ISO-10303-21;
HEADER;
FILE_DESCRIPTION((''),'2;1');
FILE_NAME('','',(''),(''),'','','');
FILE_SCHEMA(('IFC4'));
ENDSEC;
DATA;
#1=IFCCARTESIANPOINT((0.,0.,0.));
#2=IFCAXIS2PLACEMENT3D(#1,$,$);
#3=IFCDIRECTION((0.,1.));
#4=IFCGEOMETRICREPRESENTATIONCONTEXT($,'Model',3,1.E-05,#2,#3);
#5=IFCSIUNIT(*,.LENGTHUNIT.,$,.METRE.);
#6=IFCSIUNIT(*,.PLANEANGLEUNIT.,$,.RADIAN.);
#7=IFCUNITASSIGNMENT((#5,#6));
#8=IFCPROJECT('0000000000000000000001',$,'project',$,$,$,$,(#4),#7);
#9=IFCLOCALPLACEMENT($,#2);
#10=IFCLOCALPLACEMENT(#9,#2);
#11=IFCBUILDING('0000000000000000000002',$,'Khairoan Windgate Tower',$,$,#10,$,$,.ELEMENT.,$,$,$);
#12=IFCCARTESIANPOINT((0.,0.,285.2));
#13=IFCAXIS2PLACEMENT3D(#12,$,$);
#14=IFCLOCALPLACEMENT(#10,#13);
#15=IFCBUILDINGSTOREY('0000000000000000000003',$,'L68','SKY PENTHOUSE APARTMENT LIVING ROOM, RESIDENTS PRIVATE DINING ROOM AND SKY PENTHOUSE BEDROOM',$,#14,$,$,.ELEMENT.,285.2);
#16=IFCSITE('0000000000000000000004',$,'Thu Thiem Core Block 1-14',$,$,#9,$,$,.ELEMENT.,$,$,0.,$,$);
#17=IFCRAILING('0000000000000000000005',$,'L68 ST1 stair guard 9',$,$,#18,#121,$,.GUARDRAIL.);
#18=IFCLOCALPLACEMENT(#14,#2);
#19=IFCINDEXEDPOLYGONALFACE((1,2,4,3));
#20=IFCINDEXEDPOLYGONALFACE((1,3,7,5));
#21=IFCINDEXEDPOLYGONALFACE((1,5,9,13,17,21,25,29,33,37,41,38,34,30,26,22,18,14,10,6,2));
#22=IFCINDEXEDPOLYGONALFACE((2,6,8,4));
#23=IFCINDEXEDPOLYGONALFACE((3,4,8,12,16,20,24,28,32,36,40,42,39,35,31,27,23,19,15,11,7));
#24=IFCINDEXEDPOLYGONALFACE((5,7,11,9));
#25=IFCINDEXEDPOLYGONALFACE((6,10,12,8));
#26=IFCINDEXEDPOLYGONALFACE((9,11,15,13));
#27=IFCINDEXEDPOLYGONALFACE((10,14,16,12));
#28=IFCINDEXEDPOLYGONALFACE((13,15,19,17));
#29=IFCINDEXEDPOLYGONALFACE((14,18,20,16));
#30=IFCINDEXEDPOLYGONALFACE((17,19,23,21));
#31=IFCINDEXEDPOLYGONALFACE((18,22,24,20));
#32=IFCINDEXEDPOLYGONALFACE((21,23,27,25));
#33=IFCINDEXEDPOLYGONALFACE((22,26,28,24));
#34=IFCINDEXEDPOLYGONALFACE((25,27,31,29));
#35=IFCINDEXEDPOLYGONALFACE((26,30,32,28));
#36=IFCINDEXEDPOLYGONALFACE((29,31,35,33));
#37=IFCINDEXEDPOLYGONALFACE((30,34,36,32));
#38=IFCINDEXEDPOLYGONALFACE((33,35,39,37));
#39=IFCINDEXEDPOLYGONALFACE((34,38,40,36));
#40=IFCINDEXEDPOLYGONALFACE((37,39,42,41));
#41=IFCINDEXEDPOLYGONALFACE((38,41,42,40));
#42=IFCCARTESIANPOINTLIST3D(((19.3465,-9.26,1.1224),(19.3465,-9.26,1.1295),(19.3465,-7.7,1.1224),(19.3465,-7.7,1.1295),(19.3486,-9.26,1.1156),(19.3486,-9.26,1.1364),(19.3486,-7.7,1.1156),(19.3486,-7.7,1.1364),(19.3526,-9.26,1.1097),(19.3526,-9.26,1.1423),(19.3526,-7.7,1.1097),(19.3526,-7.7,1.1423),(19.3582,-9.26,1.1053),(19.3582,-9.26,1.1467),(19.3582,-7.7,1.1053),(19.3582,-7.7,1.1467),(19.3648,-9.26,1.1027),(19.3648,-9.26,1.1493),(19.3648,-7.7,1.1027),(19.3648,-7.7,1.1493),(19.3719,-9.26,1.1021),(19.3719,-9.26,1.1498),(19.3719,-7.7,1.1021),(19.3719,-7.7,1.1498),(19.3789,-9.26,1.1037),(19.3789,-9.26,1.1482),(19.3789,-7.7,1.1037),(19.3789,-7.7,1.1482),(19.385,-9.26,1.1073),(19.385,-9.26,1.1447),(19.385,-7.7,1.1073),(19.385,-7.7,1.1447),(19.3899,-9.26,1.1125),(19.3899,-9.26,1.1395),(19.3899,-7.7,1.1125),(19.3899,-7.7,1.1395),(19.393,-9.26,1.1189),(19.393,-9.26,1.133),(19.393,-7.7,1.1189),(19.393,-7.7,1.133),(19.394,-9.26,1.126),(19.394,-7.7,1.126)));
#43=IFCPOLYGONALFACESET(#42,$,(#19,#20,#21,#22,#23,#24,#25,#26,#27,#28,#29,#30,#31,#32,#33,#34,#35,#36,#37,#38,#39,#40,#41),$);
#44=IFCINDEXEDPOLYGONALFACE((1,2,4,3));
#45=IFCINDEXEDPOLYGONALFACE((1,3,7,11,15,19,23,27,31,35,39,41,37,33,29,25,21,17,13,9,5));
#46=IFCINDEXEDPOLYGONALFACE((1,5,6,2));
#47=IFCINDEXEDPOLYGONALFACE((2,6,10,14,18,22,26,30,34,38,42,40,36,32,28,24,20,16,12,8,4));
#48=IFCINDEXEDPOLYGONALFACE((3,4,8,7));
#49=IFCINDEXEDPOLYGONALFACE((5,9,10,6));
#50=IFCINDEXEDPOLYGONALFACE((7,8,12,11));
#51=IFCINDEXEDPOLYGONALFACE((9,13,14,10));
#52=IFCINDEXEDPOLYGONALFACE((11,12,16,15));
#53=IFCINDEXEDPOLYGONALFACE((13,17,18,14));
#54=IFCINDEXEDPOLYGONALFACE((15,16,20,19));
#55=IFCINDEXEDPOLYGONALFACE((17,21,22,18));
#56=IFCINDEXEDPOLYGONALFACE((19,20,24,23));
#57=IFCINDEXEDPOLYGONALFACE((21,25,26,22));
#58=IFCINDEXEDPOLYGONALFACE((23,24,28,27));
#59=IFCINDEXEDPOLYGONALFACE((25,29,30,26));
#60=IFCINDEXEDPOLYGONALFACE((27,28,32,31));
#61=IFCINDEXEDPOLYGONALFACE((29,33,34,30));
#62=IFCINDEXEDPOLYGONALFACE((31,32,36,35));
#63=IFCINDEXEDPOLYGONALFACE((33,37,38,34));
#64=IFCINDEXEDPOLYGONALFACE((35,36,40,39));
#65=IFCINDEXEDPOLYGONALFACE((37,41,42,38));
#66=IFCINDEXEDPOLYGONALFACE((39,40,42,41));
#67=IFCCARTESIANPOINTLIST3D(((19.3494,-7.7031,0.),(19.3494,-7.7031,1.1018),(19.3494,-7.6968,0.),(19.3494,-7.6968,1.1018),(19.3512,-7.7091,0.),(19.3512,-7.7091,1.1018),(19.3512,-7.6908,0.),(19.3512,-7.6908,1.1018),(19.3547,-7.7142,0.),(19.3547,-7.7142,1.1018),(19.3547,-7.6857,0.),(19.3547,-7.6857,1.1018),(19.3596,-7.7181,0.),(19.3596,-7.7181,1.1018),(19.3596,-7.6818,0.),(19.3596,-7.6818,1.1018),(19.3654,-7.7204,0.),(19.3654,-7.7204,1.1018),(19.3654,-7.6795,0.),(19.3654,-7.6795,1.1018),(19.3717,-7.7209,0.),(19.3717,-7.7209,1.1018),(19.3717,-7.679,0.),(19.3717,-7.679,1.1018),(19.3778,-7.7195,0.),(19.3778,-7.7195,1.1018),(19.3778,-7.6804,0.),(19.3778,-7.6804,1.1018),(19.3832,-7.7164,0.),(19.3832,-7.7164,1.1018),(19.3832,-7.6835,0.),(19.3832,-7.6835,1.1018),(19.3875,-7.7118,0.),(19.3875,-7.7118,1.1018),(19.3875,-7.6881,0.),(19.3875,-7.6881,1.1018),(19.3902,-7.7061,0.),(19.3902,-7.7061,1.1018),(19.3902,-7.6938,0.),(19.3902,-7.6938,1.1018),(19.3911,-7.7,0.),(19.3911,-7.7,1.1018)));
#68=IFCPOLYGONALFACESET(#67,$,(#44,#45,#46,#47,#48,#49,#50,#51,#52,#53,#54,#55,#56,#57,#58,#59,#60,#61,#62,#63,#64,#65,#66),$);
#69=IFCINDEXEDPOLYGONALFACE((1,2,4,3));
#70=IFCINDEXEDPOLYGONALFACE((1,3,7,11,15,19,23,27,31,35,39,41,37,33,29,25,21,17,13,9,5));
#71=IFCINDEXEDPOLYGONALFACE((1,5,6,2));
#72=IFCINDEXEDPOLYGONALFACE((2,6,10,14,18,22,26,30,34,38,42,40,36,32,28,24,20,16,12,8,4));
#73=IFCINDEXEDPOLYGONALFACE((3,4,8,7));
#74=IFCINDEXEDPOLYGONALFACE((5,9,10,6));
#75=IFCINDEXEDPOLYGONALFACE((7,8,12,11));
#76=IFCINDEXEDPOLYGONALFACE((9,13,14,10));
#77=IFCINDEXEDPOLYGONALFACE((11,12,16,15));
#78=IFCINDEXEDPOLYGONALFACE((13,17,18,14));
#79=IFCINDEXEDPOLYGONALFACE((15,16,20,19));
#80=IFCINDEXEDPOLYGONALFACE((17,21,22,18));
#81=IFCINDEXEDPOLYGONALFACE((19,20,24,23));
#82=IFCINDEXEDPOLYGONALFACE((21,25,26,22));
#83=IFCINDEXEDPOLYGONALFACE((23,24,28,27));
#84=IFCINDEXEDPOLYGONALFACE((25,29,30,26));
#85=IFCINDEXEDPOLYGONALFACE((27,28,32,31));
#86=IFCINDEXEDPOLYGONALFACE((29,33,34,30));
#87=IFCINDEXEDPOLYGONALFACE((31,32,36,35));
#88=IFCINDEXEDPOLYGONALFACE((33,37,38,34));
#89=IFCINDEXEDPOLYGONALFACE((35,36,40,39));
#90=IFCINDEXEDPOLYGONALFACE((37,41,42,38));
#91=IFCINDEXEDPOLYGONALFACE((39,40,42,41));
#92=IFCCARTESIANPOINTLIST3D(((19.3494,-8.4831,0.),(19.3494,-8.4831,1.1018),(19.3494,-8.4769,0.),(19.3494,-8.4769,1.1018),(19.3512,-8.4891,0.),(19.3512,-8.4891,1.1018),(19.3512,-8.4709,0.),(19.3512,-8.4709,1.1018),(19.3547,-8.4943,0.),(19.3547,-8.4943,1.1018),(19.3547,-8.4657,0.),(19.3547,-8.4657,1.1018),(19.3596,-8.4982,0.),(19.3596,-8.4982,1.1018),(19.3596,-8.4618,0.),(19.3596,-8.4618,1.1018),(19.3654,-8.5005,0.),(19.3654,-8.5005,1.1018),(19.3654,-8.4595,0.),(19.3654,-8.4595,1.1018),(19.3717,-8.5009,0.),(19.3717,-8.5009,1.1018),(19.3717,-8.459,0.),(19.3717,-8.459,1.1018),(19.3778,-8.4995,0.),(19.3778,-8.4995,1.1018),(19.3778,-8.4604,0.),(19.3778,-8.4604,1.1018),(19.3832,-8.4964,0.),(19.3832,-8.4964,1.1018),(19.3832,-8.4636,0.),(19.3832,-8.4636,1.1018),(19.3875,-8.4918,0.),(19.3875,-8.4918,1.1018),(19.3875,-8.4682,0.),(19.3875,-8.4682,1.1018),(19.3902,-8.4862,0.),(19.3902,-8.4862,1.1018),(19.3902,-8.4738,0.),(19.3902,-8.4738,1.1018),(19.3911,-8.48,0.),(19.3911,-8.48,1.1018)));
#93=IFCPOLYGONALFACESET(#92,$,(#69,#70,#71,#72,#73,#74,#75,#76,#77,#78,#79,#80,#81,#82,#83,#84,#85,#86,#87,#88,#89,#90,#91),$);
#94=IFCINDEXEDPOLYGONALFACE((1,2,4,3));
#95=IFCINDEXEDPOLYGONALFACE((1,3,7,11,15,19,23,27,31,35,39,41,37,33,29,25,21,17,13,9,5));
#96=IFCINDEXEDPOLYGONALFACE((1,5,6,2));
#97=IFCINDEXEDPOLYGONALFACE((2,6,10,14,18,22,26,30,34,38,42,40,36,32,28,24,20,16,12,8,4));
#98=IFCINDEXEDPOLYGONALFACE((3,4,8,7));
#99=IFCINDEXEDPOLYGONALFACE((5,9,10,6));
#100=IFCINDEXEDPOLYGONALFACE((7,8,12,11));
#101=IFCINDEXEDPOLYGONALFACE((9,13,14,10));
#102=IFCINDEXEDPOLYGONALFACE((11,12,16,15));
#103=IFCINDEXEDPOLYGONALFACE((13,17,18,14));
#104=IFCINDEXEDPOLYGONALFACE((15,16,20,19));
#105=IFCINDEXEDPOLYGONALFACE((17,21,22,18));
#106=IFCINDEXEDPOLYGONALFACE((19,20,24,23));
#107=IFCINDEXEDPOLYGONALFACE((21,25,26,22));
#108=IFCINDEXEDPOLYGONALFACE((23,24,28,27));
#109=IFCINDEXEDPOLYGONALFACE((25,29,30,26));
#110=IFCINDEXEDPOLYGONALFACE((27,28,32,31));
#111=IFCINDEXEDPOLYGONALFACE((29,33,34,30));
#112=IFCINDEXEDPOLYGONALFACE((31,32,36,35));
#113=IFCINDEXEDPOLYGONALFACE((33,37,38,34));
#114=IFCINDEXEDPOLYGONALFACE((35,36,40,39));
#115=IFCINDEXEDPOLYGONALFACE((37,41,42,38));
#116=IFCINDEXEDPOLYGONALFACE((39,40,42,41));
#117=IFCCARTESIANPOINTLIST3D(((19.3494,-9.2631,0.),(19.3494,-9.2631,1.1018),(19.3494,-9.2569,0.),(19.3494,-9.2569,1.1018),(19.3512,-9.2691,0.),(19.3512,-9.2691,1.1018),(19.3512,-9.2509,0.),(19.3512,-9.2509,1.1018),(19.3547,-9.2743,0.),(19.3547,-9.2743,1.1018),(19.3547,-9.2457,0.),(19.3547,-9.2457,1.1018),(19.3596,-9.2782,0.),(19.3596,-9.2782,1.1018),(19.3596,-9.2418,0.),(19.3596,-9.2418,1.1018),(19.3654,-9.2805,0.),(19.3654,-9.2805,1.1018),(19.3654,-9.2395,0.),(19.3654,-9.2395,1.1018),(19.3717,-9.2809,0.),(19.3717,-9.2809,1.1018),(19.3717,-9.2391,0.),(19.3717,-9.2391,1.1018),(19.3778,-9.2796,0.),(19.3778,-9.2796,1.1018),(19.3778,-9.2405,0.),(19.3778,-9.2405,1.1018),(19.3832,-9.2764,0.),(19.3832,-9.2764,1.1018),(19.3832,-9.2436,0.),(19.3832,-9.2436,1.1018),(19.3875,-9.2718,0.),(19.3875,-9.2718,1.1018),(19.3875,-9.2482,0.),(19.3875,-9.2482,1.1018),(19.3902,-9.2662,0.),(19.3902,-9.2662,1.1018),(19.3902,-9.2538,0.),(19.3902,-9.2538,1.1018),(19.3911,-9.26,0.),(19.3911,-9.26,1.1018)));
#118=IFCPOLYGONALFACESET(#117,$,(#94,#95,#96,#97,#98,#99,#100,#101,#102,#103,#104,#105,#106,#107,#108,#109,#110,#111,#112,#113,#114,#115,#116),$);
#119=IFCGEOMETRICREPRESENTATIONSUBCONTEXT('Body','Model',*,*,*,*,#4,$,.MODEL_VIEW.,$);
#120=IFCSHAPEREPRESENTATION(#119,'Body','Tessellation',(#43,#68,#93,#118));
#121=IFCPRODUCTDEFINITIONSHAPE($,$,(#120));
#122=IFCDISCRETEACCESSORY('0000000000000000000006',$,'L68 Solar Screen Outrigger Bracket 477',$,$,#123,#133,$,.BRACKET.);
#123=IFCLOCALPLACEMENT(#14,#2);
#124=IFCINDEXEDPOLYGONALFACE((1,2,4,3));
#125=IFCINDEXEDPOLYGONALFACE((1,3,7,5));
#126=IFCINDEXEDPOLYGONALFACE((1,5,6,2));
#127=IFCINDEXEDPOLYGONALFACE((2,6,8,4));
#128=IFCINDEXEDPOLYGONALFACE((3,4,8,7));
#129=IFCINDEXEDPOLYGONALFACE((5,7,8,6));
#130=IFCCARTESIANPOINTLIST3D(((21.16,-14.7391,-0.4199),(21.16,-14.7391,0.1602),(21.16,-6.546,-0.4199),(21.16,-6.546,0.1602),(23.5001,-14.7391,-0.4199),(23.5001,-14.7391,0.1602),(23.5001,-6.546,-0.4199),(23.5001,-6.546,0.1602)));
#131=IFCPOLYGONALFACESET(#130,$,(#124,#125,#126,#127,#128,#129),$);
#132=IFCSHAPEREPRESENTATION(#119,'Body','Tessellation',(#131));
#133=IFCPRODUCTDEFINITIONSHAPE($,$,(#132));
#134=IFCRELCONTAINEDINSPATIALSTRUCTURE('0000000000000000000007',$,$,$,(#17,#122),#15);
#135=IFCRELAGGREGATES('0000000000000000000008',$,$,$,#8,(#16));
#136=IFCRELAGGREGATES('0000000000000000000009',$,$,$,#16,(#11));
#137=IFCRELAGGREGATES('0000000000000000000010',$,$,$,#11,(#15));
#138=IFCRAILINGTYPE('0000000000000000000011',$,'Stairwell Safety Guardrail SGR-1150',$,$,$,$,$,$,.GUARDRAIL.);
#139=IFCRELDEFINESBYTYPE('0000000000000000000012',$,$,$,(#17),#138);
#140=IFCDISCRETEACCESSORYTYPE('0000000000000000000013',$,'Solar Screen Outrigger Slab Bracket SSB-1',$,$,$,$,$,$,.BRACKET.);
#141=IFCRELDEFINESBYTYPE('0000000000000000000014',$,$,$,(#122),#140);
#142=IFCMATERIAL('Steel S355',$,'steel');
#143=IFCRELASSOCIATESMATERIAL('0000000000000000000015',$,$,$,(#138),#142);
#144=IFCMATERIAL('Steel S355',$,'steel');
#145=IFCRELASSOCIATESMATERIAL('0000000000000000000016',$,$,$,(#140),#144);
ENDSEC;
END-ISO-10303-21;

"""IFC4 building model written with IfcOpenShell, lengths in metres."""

from ifc_helpers import new_model, si_unit, direction, frame, origin, origin_2d, place, context, subcontext, project, spatial, rectangle, circle, extrude, material, type_object, element, save


model = new_model("IFC4")

# Units and contexts
model_context = context("Model", 3, precision=1e-05, world=origin(), true_north=direction((0.0, 1.0)))
body_context = subcontext(model_context, "Body", "Model", "MODEL_VIEW")
ifc_project = project(units=[si_unit("LENGTHUNIT", "METRE"), si_unit("PLANEANGLEUNIT", "RADIAN")], contexts=[model_context])

# Site, building, storey
site_placement = place(None, origin())
site = spatial("IfcSite", under=ifc_project, at=site_placement, Name="Thu Thiem Core Block 1-14", CompositionType="ELEMENT", RefElevation=0.0)
building_placement = place(site_placement, origin())
building = spatial("IfcBuilding", under=site, at=building_placement, Name="Khairoan Windgate Tower", CompositionType="ELEMENT")
storey_placement = place(building_placement, frame((0.0, 0.0, 285.2)))
storey = spatial("IfcBuildingStorey", under=building, at=storey_placement, Name="L68", Description="SKY PENTHOUSE APARTMENT LIVING ROOM, RESIDENTS PRIVATE DINING ROOM AND SKY PENTHOUSE BEDROOM", CompositionType="ELEMENT", Elevation=285.2)

# Railing
ifc_material_1 = material(Name="Steel S355", Category="steel")
railing_type_1 = type_object("IfcRailingType", Name="Stairwell Safety Guardrail SGR-1150", PredefinedType="GUARDRAIL", material=ifc_material_1)
for number, where, name in (
    (1, (19.3701, -7.7, 0.0), "L68 ST1 stair guard 9"),
):
    element("IfcRailing", number, at=place(storey_placement, frame(where)), inside=storey, type_object=railing_type_1, Name=name, PredefinedType="GUARDRAIL", context=body_context, shape_type="SweptSolid", body=[
        extrude(circle(Radius=0.0239, at=origin_2d()), frame((0.0, 0.0, 1.126), z_axis=(0.0, -1.0, 0.0), x_axis=(1.0, 0.0, 0.0)), (0.0, 0.0, 1.0), 1.5601),
        extrude(circle(Radius=0.021, at=origin_2d()), origin(), (0.0, 0.0, 1.0), 1.1018),
        extrude(circle(Radius=0.021, at=origin_2d()), frame((0.0, -0.78, 0.0)), (0.0, 0.0, 1.0), 1.1018),
        extrude(circle(Radius=0.021, at=origin_2d()), frame((0.0, -1.5601, 0.0)), (0.0, 0.0, 1.0), 1.1018),
    ])

# Discrete accessory
ifc_material_2 = material(Name="Steel S355", Category="steel")
discrete_accessory_type = type_object("IfcDiscreteAccessoryType", Name="Solar Screen Outrigger Slab Bracket SSB-1", PredefinedType="BRACKET", material=ifc_material_2)
discrete_accessory_placement = place(storey_placement, frame((22.3301, -10.6426, -0.4199), z_axis=(0.0, 0.0, 1.0), x_axis=(0.0, -1.0, 0.0)))
element("IfcDiscreteAccessory", 2, at=discrete_accessory_placement, inside=storey, type_object=discrete_accessory_type, Name="L68 Solar Screen Outrigger Bracket 477", PredefinedType="BRACKET", context=body_context, shape_type="SweptSolid", body=[
    extrude(rectangle(XDim=8.1931, YDim=2.3401, at=origin_2d()), origin(), (0.0, 0.0, 1.0), 0.5801),
])

save(model, "model.ifc")
